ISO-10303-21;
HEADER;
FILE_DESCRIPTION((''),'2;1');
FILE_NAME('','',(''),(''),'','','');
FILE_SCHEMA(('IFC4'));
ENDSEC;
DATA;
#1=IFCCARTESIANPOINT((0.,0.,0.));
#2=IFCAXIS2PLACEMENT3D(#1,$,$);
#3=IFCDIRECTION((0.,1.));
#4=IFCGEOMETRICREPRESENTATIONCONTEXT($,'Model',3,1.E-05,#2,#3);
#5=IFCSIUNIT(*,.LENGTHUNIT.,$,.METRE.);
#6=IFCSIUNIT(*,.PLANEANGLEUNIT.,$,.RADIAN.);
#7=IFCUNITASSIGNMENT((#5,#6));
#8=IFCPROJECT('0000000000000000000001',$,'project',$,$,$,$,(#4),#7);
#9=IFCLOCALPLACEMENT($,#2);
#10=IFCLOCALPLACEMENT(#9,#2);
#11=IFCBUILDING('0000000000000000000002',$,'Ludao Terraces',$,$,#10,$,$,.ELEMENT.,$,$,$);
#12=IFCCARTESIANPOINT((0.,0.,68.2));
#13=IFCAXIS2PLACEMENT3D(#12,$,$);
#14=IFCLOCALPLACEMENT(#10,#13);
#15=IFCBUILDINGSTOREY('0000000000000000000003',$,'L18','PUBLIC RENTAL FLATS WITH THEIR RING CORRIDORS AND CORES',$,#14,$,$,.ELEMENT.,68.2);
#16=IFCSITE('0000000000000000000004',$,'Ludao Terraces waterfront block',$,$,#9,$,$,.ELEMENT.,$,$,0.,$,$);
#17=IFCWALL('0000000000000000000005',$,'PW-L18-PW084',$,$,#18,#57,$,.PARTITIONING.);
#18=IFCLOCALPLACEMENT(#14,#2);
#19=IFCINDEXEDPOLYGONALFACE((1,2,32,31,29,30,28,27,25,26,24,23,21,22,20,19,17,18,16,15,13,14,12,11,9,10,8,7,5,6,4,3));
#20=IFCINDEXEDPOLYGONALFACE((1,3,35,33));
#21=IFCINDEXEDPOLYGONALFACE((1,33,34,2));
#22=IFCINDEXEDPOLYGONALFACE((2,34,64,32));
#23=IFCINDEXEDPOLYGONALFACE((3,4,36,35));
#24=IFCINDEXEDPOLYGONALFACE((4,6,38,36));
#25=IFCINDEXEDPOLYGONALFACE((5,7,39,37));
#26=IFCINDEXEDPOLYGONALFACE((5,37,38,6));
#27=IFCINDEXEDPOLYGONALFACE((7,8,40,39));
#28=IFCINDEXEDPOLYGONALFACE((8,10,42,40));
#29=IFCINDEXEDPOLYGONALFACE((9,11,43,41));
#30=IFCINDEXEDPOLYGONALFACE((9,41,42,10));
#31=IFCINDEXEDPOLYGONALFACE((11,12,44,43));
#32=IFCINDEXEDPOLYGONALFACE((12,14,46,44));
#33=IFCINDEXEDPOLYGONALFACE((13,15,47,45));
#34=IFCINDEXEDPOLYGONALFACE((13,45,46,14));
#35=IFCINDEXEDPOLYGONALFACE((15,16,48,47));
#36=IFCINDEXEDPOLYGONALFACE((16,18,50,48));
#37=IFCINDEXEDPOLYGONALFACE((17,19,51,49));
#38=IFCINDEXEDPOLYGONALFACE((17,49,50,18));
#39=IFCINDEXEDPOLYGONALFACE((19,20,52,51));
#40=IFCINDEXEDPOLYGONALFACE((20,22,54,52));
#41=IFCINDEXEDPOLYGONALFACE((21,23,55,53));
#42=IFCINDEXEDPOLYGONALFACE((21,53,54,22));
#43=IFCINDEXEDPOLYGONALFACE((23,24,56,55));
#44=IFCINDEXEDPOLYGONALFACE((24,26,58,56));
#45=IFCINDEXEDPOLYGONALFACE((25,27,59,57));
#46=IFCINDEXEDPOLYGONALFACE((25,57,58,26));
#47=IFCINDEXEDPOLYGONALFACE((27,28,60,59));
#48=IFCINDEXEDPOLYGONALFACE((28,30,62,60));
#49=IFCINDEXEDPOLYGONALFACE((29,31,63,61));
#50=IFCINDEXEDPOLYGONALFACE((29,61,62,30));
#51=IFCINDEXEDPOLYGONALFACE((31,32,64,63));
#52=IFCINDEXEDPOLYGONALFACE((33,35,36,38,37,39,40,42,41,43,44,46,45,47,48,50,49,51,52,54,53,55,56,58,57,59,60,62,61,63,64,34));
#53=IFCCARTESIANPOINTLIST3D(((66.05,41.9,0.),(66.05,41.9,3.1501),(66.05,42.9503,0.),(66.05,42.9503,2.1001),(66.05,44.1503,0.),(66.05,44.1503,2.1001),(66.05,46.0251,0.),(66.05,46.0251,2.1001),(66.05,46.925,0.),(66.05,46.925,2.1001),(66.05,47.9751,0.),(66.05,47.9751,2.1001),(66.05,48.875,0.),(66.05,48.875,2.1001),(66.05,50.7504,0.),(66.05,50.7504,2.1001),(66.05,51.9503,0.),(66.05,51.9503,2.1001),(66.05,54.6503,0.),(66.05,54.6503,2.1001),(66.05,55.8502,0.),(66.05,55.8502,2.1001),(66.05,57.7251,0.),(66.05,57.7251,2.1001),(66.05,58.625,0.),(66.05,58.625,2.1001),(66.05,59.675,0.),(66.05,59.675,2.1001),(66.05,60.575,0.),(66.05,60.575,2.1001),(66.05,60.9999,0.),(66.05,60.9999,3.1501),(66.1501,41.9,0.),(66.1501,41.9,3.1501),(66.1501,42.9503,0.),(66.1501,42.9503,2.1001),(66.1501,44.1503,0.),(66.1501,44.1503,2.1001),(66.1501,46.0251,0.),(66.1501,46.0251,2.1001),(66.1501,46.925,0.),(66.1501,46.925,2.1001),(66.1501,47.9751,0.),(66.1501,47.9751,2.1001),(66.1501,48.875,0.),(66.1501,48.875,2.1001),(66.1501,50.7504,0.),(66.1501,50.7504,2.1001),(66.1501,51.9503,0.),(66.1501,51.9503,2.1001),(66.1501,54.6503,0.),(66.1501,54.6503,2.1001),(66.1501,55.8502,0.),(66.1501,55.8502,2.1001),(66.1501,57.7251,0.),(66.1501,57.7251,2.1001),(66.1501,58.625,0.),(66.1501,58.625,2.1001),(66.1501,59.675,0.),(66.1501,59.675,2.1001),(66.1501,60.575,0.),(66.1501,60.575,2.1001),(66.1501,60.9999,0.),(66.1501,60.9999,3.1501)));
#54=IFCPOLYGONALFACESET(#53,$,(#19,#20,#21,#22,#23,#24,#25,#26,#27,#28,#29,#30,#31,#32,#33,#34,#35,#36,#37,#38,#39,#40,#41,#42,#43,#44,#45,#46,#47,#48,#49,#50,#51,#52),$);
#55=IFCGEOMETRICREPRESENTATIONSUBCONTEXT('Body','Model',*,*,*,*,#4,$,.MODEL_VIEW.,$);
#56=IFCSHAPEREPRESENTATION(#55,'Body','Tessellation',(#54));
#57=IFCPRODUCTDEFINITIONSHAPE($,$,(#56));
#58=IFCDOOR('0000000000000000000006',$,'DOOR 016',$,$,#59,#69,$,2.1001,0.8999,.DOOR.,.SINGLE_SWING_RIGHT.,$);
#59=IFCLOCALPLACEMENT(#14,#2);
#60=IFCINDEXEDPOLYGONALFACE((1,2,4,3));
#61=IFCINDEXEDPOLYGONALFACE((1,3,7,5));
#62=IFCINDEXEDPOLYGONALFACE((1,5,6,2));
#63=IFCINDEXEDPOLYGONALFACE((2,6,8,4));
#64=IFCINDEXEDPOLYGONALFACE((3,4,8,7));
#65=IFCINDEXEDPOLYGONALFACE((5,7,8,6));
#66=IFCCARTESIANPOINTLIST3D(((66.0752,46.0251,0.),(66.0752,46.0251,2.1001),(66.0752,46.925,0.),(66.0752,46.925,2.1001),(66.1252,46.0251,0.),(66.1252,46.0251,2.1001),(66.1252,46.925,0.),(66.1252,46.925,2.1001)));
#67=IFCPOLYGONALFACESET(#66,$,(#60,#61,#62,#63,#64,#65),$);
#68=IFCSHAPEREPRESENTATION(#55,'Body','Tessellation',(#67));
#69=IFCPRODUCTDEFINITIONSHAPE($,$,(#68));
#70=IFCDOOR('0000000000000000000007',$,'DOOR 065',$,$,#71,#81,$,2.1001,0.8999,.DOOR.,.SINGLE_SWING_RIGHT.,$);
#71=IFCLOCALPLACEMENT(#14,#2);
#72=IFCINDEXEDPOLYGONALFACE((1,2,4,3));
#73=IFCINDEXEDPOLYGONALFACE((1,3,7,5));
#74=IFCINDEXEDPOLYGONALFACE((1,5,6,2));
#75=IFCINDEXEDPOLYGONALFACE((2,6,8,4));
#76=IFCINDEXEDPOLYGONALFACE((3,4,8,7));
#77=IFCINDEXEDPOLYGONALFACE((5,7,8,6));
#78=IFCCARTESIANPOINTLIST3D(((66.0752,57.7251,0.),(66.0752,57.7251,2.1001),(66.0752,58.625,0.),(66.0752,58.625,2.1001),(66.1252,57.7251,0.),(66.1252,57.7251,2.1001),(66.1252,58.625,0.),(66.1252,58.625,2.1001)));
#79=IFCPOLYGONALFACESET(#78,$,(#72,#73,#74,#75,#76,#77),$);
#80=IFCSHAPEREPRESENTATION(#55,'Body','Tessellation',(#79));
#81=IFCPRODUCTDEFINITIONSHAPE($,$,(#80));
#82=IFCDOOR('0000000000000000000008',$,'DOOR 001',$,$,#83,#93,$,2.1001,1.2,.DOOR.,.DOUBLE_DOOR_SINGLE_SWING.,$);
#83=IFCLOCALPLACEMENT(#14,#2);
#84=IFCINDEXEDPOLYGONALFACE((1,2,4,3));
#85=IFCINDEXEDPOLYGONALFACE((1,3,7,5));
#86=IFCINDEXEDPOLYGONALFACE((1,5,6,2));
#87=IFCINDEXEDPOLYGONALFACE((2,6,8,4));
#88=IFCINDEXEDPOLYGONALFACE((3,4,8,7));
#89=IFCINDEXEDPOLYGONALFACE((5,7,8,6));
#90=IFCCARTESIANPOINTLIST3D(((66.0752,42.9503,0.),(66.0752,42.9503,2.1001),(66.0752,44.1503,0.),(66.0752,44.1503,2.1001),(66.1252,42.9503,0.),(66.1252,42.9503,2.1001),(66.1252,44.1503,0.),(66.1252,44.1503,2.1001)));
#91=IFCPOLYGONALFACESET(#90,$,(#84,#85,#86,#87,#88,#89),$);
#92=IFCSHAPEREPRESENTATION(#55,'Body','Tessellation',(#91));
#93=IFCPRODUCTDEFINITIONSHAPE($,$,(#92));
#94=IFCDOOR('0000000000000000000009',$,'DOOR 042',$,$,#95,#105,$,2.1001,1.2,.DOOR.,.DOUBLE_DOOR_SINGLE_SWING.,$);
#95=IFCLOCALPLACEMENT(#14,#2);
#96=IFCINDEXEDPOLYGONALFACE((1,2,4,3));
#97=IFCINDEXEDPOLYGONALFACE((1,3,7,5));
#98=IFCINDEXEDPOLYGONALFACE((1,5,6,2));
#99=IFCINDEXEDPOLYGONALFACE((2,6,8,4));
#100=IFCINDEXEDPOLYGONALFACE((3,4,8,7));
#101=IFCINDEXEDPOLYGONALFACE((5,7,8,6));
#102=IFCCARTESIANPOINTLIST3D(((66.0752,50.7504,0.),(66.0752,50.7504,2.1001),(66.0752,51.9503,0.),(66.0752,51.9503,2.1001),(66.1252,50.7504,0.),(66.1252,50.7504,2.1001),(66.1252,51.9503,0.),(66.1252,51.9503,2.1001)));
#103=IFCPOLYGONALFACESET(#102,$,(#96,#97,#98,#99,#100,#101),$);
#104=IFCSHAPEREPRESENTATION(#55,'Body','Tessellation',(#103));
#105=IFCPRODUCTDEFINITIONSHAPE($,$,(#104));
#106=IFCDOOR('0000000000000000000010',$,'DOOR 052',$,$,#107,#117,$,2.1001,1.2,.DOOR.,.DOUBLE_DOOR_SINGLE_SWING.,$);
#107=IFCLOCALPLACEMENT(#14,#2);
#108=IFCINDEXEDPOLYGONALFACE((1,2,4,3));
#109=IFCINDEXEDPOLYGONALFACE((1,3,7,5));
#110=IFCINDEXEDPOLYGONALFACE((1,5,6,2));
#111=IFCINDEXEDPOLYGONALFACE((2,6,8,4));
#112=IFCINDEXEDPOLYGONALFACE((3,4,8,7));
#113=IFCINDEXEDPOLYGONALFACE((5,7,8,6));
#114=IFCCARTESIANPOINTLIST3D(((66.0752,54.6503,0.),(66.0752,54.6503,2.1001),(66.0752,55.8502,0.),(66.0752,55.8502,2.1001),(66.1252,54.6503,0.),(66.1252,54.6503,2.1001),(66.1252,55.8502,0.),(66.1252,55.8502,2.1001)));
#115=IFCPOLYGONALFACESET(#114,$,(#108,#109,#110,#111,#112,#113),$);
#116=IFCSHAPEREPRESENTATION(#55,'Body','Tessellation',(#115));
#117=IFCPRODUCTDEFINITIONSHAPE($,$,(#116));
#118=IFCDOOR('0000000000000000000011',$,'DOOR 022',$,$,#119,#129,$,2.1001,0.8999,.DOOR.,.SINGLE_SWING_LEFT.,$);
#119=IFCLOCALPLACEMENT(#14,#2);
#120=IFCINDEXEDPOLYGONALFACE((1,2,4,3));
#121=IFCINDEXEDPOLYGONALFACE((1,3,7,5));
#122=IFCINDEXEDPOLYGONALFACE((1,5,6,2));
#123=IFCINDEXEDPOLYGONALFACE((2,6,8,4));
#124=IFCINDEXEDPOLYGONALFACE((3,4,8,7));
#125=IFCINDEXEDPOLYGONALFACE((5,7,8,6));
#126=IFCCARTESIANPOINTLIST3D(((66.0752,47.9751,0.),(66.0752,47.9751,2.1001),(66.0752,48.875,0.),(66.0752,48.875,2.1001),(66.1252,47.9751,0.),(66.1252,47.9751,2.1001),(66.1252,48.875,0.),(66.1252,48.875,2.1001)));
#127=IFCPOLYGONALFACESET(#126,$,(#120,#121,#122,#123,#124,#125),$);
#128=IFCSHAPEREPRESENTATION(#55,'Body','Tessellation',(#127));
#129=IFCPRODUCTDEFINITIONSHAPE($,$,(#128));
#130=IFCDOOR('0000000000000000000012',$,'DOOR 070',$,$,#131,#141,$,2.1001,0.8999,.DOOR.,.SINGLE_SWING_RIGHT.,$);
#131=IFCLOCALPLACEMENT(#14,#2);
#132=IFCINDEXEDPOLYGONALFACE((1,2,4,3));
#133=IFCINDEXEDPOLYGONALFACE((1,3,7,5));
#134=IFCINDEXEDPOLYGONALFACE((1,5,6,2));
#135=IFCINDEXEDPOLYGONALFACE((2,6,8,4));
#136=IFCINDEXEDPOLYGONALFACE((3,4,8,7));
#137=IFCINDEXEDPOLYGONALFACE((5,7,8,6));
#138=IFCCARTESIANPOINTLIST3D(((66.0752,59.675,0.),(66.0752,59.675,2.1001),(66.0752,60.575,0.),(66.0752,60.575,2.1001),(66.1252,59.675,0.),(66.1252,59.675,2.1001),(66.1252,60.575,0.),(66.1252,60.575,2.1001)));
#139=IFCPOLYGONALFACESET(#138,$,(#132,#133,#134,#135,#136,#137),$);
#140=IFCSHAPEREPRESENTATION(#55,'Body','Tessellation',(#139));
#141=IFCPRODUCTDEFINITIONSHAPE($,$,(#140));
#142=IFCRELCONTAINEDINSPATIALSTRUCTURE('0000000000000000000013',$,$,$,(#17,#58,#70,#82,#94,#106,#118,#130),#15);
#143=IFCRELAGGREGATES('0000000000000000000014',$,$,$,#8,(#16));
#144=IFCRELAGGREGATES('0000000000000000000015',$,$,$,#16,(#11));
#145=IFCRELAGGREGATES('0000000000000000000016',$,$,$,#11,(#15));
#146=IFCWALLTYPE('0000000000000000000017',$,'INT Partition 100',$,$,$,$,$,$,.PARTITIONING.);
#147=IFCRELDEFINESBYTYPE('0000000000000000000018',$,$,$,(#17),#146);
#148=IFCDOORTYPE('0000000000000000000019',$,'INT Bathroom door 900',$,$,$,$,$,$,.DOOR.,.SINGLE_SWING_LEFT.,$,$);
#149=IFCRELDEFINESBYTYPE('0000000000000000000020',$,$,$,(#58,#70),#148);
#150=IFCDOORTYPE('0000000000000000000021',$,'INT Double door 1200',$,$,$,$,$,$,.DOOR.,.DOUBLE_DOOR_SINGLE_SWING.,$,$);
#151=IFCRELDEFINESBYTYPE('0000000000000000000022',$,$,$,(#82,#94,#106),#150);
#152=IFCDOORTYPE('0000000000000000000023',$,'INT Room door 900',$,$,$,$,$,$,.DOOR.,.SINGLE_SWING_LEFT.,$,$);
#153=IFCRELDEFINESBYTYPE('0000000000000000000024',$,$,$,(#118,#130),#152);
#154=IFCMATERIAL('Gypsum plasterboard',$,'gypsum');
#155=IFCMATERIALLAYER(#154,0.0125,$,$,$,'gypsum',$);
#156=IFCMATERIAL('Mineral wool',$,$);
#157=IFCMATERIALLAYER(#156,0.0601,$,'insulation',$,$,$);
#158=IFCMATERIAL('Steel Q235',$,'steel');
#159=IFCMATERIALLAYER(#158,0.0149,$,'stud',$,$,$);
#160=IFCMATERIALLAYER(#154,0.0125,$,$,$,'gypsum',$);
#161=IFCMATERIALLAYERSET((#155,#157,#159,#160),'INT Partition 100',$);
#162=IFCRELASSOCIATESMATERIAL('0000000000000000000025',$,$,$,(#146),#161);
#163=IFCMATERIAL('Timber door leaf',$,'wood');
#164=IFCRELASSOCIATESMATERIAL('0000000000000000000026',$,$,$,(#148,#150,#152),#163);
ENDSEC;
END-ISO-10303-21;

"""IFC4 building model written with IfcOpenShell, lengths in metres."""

from ifc_helpers import new_model, si_unit, direction, frame, frame_2d, origin, place, context, subcontext, project, spatial, rectangle, extrude, material, layer, layer_set, type_object, element, fill, save


model = new_model("IFC4")

# Units and contexts
model_context = context("Model", 3, precision=1e-05, world=origin(), true_north=direction((0.0, 1.0)))
body_context = subcontext(model_context, "Body", "Model", "MODEL_VIEW")
ifc_project = project(units=[si_unit("LENGTHUNIT", "METRE"), si_unit("PLANEANGLEUNIT", "RADIAN")], contexts=[model_context])

# Site, building, storey
site_placement = place(None, origin())
site = spatial("IfcSite", under=ifc_project, at=site_placement, Name="Ludao Terraces waterfront block", CompositionType="ELEMENT", RefElevation=0.0)
building_placement = place(site_placement, origin())
building = spatial("IfcBuilding", under=site, at=building_placement, Name="Ludao Terraces", CompositionType="ELEMENT")
storey_placement = place(building_placement, frame((0.0, 0.0, 68.2)))
storey = spatial("IfcBuildingStorey", under=building, at=storey_placement, Name="L18", Description="PUBLIC RENTAL FLATS WITH THEIR RING CORRIDORS AND CORES", CompositionType="ELEMENT", Elevation=68.2)

# Wall, openings, doors
ifc_material_1 = material(Name="Gypsum plasterboard", Category="gypsum")
ifc_layer_1 = layer(ifc_material_1, 0.0125, Category="gypsum")
ifc_material_2 = material(Name="Mineral wool")
ifc_layer_2 = layer(ifc_material_2, 0.0601, Name="insulation")
ifc_material_3 = material(Name="Steel Q235", Category="steel")
ifc_layer_3 = layer(ifc_material_3, 0.0149, Name="stud")
ifc_layer_4 = layer(ifc_material_1, 0.0125, Category="gypsum")
ifc_layer_set = layer_set([ifc_layer_1, ifc_layer_2, ifc_layer_3, ifc_layer_4], Name="INT Partition 100")
wall_type = type_object("IfcWallType", Name="INT Partition 100", PredefinedType="PARTITIONING", material=ifc_layer_set)
wall_1_placement = place(storey_placement, frame((66.1001, 41.9001, 0.0), z_axis=(0.0, 0.0, 1.0), x_axis=(0.0, 1.0, 0.0)))
wall_1 = element("IfcWall", 1, at=wall_1_placement, inside=storey, type_object=wall_type, Name="PW-L18-PW084", PredefinedType="PARTITIONING", context=body_context, shape_type="SweptSolid", body=[
    extrude(rectangle(XDim=19.0999, YDim=0.1001, at=frame_2d((9.5498, 0.0))), origin(), (0.0, 0.0, 1.0), 3.1501),
])
opening_1_placement = place(wall_1_placement, frame((1.05, 0.0, 0.0)))
opening_1 = element("IfcOpeningElement", 2, at=opening_1_placement, cuts=wall_1, PredefinedType="OPENING", context=body_context, shape_type="SweptSolid", body=[
    extrude(rectangle(XDim=1.2, YDim=2.1001, at=frame_2d((0.6001, 1.05))), frame((0.0, 0.0601, 0.0), z_axis=(0.0, -1.0, 0.0), x_axis=(1.0, 0.0, 0.0)), (0.0, 0.0, 1.0), 0.1201),
])
opening_2_placement = place(wall_1_placement, frame((4.125, 0.0, 0.0)))
opening_2 = element("IfcOpeningElement", 3, at=opening_2_placement, cuts=wall_1, PredefinedType="OPENING", context=body_context, shape_type="SweptSolid", body=[
    extrude(rectangle(XDim=0.8999, YDim=2.1001, at=frame_2d((0.45, 1.05))), frame((0.0, 0.0601, 0.0), z_axis=(0.0, -1.0, 0.0), x_axis=(1.0, 0.0, 0.0)), (0.0, 0.0, 1.0), 0.1201),
])
opening_3_placement = place(wall_1_placement, frame((6.075, 0.0, 0.0)))
opening_3 = element("IfcOpeningElement", 4, at=opening_3_placement, cuts=wall_1, PredefinedType="OPENING", context=body_context, shape_type="SweptSolid", body=[
    extrude(rectangle(XDim=0.8999, YDim=2.1001, at=frame_2d((0.45, 1.05))), frame((0.0, 0.0601, 0.0), z_axis=(0.0, -1.0, 0.0), x_axis=(1.0, 0.0, 0.0)), (0.0, 0.0, 1.0), 0.1201),
])
opening_4_placement = place(wall_1_placement, frame((8.8501, 0.0, 0.0)))
opening_4 = element("IfcOpeningElement", 5, at=opening_4_placement, cuts=wall_1, PredefinedType="OPENING", context=body_context, shape_type="SweptSolid", body=[
    extrude(rectangle(XDim=1.2, YDim=2.1001, at=frame_2d((0.6001, 1.05))), frame((0.0, 0.0601, 0.0), z_axis=(0.0, -1.0, 0.0), x_axis=(1.0, 0.0, 0.0)), (0.0, 0.0, 1.0), 0.1201),
])
opening_5_placement = place(wall_1_placement, frame((12.75, 0.0, 0.0)))
opening_5 = element("IfcOpeningElement", 6, at=opening_5_placement, cuts=wall_1, PredefinedType="OPENING", context=body_context, shape_type="SweptSolid", body=[
    extrude(rectangle(XDim=1.2, YDim=2.1001, at=frame_2d((0.6001, 1.05))), frame((0.0, 0.0601, 0.0), z_axis=(0.0, -1.0, 0.0), x_axis=(1.0, 0.0, 0.0)), (0.0, 0.0, 1.0), 0.1201),
])
opening_6_placement = place(wall_1_placement, frame((15.825, 0.0, 0.0)))
opening_6 = element("IfcOpeningElement", 7, at=opening_6_placement, cuts=wall_1, PredefinedType="OPENING", context=body_context, shape_type="SweptSolid", body=[
    extrude(rectangle(XDim=0.8999, YDim=2.1001, at=frame_2d((0.45, 1.05))), frame((0.0, 0.0601, 0.0), z_axis=(0.0, -1.0, 0.0), x_axis=(1.0, 0.0, 0.0)), (0.0, 0.0, 1.0), 0.1201),
])
opening_7_placement = place(wall_1_placement, frame((17.7749, 0.0, 0.0)))
opening_7 = element("IfcOpeningElement", 8, at=opening_7_placement, cuts=wall_1, PredefinedType="OPENING", context=body_context, shape_type="SweptSolid", body=[
    extrude(rectangle(XDim=0.8999, YDim=2.1001, at=frame_2d((0.45, 1.05))), frame((0.0, 0.0601, 0.0), z_axis=(0.0, -1.0, 0.0), x_axis=(1.0, 0.0, 0.0)), (0.0, 0.0, 1.0), 0.1201),
])
ifc_material_4 = material(Name="Timber door leaf", Category="wood")
door_type_1 = type_object("IfcDoorType", Name="INT Bathroom door 900", OperationType="SINGLE_SWING_LEFT", PredefinedType="DOOR", material=ifc_material_4)
door_1_placement = place(opening_2_placement, origin())
door_1 = element("IfcDoor", 9, at=door_1_placement, inside=storey, type_object=door_type_1, Name="DOOR 016", OperationType="SINGLE_SWING_RIGHT", OverallHeight=2.1001, OverallWidth=0.8999, PredefinedType="DOOR", context=body_context, shape_type="SweptSolid", body=[
    extrude(rectangle(XDim=0.8999, YDim=2.1001, at=frame_2d((0.45, 1.05))), frame((0.0, 0.0249, 0.0), z_axis=(0.0, -1.0, 0.0), x_axis=(1.0, 0.0, 0.0)), (0.0, 0.0, 1.0), 0.05),
])
fill(opening_2, door_1)
door_2_placement = place(opening_6_placement, origin())
door_2 = element("IfcDoor", 10, at=door_2_placement, inside=storey, type_object=door_type_1, Name="DOOR 065", OperationType="SINGLE_SWING_RIGHT", OverallHeight=2.1001, OverallWidth=0.8999, PredefinedType="DOOR", context=body_context, shape_type="SweptSolid", body=[
    extrude(rectangle(XDim=0.8999, YDim=2.1001, at=frame_2d((0.45, 1.05))), frame((0.0, 0.0249, 0.0), z_axis=(0.0, -1.0, 0.0), x_axis=(1.0, 0.0, 0.0)), (0.0, 0.0, 1.0), 0.05),
])
fill(opening_6, door_2)
door_type_2 = type_object("IfcDoorType", Name="INT Double door 1200", OperationType="DOUBLE_DOOR_SINGLE_SWING", PredefinedType="DOOR", material=ifc_material_4)
door_3_placement = place(opening_1_placement, origin())
door_3 = element("IfcDoor", 11, at=door_3_placement, inside=storey, type_object=door_type_2, Name="DOOR 001", OperationType="DOUBLE_DOOR_SINGLE_SWING", OverallHeight=2.1001, OverallWidth=1.2, PredefinedType="DOOR", context=body_context, shape_type="SweptSolid", body=[
    extrude(rectangle(XDim=1.2, YDim=2.1001, at=frame_2d((0.6001, 1.05))), frame((0.0, 0.0249, 0.0), z_axis=(0.0, -1.0, 0.0), x_axis=(1.0, 0.0, 0.0)), (0.0, 0.0, 1.0), 0.05),
])
fill(opening_1, door_3)
door_4_placement = place(opening_4_placement, origin())
door_4 = element("IfcDoor", 12, at=door_4_placement, inside=storey, type_object=door_type_2, Name="DOOR 042", OperationType="DOUBLE_DOOR_SINGLE_SWING", OverallHeight=2.1001, OverallWidth=1.2, PredefinedType="DOOR", context=body_context, shape_type="SweptSolid", body=[
    extrude(rectangle(XDim=1.2, YDim=2.1001, at=frame_2d((0.6001, 1.05))), frame((0.0, 0.0249, 0.0), z_axis=(0.0, -1.0, 0.0), x_axis=(1.0, 0.0, 0.0)), (0.0, 0.0, 1.0), 0.05),
])
fill(opening_4, door_4)
door_5_placement = place(opening_5_placement, origin())
door_5 = element("IfcDoor", 13, at=door_5_placement, inside=storey, type_object=door_type_2, Name="DOOR 052", OperationType="DOUBLE_DOOR_SINGLE_SWING", OverallHeight=2.1001, OverallWidth=1.2, PredefinedType="DOOR", context=body_context, shape_type="SweptSolid", body=[
    extrude(rectangle(XDim=1.2, YDim=2.1001, at=frame_2d((0.6001, 1.05))), frame((0.0, 0.0249, 0.0), z_axis=(0.0, -1.0, 0.0), x_axis=(1.0, 0.0, 0.0)), (0.0, 0.0, 1.0), 0.05),
])
fill(opening_5, door_5)
door_type_3 = type_object("IfcDoorType", Name="INT Room door 900", OperationType="SINGLE_SWING_LEFT", PredefinedType="DOOR", material=ifc_material_4)
door_6_placement = place(opening_3_placement, origin())
door_6 = element("IfcDoor", 14, at=door_6_placement, inside=storey, type_object=door_type_3, Name="DOOR 022", OperationType="SINGLE_SWING_LEFT", OverallHeight=2.1001, OverallWidth=0.8999, PredefinedType="DOOR", context=body_context, shape_type="SweptSolid", body=[
    extrude(rectangle(XDim=0.8999, YDim=2.1001, at=frame_2d((0.45, 1.05))), frame((0.0, 0.0249, 0.0), z_axis=(0.0, -1.0, 0.0), x_axis=(1.0, 0.0, 0.0)), (0.0, 0.0, 1.0), 0.05),
])
fill(opening_3, door_6)
door_7_placement = place(opening_7_placement, origin())
door_7 = element("IfcDoor", 15, at=door_7_placement, inside=storey, type_object=door_type_3, Name="DOOR 070", OperationType="SINGLE_SWING_RIGHT", OverallHeight=2.1001, OverallWidth=0.8999, PredefinedType="DOOR", context=body_context, shape_type="SweptSolid", body=[
    extrude(rectangle(XDim=0.8999, YDim=2.1001, at=frame_2d((0.45, 1.05))), frame((0.0, 0.0249, 0.0), z_axis=(0.0, -1.0, 0.0), x_axis=(1.0, 0.0, 0.0)), (0.0, 0.0, 1.0), 0.05),
])
fill(opening_7, door_7)

save(model, "model.ifc")
